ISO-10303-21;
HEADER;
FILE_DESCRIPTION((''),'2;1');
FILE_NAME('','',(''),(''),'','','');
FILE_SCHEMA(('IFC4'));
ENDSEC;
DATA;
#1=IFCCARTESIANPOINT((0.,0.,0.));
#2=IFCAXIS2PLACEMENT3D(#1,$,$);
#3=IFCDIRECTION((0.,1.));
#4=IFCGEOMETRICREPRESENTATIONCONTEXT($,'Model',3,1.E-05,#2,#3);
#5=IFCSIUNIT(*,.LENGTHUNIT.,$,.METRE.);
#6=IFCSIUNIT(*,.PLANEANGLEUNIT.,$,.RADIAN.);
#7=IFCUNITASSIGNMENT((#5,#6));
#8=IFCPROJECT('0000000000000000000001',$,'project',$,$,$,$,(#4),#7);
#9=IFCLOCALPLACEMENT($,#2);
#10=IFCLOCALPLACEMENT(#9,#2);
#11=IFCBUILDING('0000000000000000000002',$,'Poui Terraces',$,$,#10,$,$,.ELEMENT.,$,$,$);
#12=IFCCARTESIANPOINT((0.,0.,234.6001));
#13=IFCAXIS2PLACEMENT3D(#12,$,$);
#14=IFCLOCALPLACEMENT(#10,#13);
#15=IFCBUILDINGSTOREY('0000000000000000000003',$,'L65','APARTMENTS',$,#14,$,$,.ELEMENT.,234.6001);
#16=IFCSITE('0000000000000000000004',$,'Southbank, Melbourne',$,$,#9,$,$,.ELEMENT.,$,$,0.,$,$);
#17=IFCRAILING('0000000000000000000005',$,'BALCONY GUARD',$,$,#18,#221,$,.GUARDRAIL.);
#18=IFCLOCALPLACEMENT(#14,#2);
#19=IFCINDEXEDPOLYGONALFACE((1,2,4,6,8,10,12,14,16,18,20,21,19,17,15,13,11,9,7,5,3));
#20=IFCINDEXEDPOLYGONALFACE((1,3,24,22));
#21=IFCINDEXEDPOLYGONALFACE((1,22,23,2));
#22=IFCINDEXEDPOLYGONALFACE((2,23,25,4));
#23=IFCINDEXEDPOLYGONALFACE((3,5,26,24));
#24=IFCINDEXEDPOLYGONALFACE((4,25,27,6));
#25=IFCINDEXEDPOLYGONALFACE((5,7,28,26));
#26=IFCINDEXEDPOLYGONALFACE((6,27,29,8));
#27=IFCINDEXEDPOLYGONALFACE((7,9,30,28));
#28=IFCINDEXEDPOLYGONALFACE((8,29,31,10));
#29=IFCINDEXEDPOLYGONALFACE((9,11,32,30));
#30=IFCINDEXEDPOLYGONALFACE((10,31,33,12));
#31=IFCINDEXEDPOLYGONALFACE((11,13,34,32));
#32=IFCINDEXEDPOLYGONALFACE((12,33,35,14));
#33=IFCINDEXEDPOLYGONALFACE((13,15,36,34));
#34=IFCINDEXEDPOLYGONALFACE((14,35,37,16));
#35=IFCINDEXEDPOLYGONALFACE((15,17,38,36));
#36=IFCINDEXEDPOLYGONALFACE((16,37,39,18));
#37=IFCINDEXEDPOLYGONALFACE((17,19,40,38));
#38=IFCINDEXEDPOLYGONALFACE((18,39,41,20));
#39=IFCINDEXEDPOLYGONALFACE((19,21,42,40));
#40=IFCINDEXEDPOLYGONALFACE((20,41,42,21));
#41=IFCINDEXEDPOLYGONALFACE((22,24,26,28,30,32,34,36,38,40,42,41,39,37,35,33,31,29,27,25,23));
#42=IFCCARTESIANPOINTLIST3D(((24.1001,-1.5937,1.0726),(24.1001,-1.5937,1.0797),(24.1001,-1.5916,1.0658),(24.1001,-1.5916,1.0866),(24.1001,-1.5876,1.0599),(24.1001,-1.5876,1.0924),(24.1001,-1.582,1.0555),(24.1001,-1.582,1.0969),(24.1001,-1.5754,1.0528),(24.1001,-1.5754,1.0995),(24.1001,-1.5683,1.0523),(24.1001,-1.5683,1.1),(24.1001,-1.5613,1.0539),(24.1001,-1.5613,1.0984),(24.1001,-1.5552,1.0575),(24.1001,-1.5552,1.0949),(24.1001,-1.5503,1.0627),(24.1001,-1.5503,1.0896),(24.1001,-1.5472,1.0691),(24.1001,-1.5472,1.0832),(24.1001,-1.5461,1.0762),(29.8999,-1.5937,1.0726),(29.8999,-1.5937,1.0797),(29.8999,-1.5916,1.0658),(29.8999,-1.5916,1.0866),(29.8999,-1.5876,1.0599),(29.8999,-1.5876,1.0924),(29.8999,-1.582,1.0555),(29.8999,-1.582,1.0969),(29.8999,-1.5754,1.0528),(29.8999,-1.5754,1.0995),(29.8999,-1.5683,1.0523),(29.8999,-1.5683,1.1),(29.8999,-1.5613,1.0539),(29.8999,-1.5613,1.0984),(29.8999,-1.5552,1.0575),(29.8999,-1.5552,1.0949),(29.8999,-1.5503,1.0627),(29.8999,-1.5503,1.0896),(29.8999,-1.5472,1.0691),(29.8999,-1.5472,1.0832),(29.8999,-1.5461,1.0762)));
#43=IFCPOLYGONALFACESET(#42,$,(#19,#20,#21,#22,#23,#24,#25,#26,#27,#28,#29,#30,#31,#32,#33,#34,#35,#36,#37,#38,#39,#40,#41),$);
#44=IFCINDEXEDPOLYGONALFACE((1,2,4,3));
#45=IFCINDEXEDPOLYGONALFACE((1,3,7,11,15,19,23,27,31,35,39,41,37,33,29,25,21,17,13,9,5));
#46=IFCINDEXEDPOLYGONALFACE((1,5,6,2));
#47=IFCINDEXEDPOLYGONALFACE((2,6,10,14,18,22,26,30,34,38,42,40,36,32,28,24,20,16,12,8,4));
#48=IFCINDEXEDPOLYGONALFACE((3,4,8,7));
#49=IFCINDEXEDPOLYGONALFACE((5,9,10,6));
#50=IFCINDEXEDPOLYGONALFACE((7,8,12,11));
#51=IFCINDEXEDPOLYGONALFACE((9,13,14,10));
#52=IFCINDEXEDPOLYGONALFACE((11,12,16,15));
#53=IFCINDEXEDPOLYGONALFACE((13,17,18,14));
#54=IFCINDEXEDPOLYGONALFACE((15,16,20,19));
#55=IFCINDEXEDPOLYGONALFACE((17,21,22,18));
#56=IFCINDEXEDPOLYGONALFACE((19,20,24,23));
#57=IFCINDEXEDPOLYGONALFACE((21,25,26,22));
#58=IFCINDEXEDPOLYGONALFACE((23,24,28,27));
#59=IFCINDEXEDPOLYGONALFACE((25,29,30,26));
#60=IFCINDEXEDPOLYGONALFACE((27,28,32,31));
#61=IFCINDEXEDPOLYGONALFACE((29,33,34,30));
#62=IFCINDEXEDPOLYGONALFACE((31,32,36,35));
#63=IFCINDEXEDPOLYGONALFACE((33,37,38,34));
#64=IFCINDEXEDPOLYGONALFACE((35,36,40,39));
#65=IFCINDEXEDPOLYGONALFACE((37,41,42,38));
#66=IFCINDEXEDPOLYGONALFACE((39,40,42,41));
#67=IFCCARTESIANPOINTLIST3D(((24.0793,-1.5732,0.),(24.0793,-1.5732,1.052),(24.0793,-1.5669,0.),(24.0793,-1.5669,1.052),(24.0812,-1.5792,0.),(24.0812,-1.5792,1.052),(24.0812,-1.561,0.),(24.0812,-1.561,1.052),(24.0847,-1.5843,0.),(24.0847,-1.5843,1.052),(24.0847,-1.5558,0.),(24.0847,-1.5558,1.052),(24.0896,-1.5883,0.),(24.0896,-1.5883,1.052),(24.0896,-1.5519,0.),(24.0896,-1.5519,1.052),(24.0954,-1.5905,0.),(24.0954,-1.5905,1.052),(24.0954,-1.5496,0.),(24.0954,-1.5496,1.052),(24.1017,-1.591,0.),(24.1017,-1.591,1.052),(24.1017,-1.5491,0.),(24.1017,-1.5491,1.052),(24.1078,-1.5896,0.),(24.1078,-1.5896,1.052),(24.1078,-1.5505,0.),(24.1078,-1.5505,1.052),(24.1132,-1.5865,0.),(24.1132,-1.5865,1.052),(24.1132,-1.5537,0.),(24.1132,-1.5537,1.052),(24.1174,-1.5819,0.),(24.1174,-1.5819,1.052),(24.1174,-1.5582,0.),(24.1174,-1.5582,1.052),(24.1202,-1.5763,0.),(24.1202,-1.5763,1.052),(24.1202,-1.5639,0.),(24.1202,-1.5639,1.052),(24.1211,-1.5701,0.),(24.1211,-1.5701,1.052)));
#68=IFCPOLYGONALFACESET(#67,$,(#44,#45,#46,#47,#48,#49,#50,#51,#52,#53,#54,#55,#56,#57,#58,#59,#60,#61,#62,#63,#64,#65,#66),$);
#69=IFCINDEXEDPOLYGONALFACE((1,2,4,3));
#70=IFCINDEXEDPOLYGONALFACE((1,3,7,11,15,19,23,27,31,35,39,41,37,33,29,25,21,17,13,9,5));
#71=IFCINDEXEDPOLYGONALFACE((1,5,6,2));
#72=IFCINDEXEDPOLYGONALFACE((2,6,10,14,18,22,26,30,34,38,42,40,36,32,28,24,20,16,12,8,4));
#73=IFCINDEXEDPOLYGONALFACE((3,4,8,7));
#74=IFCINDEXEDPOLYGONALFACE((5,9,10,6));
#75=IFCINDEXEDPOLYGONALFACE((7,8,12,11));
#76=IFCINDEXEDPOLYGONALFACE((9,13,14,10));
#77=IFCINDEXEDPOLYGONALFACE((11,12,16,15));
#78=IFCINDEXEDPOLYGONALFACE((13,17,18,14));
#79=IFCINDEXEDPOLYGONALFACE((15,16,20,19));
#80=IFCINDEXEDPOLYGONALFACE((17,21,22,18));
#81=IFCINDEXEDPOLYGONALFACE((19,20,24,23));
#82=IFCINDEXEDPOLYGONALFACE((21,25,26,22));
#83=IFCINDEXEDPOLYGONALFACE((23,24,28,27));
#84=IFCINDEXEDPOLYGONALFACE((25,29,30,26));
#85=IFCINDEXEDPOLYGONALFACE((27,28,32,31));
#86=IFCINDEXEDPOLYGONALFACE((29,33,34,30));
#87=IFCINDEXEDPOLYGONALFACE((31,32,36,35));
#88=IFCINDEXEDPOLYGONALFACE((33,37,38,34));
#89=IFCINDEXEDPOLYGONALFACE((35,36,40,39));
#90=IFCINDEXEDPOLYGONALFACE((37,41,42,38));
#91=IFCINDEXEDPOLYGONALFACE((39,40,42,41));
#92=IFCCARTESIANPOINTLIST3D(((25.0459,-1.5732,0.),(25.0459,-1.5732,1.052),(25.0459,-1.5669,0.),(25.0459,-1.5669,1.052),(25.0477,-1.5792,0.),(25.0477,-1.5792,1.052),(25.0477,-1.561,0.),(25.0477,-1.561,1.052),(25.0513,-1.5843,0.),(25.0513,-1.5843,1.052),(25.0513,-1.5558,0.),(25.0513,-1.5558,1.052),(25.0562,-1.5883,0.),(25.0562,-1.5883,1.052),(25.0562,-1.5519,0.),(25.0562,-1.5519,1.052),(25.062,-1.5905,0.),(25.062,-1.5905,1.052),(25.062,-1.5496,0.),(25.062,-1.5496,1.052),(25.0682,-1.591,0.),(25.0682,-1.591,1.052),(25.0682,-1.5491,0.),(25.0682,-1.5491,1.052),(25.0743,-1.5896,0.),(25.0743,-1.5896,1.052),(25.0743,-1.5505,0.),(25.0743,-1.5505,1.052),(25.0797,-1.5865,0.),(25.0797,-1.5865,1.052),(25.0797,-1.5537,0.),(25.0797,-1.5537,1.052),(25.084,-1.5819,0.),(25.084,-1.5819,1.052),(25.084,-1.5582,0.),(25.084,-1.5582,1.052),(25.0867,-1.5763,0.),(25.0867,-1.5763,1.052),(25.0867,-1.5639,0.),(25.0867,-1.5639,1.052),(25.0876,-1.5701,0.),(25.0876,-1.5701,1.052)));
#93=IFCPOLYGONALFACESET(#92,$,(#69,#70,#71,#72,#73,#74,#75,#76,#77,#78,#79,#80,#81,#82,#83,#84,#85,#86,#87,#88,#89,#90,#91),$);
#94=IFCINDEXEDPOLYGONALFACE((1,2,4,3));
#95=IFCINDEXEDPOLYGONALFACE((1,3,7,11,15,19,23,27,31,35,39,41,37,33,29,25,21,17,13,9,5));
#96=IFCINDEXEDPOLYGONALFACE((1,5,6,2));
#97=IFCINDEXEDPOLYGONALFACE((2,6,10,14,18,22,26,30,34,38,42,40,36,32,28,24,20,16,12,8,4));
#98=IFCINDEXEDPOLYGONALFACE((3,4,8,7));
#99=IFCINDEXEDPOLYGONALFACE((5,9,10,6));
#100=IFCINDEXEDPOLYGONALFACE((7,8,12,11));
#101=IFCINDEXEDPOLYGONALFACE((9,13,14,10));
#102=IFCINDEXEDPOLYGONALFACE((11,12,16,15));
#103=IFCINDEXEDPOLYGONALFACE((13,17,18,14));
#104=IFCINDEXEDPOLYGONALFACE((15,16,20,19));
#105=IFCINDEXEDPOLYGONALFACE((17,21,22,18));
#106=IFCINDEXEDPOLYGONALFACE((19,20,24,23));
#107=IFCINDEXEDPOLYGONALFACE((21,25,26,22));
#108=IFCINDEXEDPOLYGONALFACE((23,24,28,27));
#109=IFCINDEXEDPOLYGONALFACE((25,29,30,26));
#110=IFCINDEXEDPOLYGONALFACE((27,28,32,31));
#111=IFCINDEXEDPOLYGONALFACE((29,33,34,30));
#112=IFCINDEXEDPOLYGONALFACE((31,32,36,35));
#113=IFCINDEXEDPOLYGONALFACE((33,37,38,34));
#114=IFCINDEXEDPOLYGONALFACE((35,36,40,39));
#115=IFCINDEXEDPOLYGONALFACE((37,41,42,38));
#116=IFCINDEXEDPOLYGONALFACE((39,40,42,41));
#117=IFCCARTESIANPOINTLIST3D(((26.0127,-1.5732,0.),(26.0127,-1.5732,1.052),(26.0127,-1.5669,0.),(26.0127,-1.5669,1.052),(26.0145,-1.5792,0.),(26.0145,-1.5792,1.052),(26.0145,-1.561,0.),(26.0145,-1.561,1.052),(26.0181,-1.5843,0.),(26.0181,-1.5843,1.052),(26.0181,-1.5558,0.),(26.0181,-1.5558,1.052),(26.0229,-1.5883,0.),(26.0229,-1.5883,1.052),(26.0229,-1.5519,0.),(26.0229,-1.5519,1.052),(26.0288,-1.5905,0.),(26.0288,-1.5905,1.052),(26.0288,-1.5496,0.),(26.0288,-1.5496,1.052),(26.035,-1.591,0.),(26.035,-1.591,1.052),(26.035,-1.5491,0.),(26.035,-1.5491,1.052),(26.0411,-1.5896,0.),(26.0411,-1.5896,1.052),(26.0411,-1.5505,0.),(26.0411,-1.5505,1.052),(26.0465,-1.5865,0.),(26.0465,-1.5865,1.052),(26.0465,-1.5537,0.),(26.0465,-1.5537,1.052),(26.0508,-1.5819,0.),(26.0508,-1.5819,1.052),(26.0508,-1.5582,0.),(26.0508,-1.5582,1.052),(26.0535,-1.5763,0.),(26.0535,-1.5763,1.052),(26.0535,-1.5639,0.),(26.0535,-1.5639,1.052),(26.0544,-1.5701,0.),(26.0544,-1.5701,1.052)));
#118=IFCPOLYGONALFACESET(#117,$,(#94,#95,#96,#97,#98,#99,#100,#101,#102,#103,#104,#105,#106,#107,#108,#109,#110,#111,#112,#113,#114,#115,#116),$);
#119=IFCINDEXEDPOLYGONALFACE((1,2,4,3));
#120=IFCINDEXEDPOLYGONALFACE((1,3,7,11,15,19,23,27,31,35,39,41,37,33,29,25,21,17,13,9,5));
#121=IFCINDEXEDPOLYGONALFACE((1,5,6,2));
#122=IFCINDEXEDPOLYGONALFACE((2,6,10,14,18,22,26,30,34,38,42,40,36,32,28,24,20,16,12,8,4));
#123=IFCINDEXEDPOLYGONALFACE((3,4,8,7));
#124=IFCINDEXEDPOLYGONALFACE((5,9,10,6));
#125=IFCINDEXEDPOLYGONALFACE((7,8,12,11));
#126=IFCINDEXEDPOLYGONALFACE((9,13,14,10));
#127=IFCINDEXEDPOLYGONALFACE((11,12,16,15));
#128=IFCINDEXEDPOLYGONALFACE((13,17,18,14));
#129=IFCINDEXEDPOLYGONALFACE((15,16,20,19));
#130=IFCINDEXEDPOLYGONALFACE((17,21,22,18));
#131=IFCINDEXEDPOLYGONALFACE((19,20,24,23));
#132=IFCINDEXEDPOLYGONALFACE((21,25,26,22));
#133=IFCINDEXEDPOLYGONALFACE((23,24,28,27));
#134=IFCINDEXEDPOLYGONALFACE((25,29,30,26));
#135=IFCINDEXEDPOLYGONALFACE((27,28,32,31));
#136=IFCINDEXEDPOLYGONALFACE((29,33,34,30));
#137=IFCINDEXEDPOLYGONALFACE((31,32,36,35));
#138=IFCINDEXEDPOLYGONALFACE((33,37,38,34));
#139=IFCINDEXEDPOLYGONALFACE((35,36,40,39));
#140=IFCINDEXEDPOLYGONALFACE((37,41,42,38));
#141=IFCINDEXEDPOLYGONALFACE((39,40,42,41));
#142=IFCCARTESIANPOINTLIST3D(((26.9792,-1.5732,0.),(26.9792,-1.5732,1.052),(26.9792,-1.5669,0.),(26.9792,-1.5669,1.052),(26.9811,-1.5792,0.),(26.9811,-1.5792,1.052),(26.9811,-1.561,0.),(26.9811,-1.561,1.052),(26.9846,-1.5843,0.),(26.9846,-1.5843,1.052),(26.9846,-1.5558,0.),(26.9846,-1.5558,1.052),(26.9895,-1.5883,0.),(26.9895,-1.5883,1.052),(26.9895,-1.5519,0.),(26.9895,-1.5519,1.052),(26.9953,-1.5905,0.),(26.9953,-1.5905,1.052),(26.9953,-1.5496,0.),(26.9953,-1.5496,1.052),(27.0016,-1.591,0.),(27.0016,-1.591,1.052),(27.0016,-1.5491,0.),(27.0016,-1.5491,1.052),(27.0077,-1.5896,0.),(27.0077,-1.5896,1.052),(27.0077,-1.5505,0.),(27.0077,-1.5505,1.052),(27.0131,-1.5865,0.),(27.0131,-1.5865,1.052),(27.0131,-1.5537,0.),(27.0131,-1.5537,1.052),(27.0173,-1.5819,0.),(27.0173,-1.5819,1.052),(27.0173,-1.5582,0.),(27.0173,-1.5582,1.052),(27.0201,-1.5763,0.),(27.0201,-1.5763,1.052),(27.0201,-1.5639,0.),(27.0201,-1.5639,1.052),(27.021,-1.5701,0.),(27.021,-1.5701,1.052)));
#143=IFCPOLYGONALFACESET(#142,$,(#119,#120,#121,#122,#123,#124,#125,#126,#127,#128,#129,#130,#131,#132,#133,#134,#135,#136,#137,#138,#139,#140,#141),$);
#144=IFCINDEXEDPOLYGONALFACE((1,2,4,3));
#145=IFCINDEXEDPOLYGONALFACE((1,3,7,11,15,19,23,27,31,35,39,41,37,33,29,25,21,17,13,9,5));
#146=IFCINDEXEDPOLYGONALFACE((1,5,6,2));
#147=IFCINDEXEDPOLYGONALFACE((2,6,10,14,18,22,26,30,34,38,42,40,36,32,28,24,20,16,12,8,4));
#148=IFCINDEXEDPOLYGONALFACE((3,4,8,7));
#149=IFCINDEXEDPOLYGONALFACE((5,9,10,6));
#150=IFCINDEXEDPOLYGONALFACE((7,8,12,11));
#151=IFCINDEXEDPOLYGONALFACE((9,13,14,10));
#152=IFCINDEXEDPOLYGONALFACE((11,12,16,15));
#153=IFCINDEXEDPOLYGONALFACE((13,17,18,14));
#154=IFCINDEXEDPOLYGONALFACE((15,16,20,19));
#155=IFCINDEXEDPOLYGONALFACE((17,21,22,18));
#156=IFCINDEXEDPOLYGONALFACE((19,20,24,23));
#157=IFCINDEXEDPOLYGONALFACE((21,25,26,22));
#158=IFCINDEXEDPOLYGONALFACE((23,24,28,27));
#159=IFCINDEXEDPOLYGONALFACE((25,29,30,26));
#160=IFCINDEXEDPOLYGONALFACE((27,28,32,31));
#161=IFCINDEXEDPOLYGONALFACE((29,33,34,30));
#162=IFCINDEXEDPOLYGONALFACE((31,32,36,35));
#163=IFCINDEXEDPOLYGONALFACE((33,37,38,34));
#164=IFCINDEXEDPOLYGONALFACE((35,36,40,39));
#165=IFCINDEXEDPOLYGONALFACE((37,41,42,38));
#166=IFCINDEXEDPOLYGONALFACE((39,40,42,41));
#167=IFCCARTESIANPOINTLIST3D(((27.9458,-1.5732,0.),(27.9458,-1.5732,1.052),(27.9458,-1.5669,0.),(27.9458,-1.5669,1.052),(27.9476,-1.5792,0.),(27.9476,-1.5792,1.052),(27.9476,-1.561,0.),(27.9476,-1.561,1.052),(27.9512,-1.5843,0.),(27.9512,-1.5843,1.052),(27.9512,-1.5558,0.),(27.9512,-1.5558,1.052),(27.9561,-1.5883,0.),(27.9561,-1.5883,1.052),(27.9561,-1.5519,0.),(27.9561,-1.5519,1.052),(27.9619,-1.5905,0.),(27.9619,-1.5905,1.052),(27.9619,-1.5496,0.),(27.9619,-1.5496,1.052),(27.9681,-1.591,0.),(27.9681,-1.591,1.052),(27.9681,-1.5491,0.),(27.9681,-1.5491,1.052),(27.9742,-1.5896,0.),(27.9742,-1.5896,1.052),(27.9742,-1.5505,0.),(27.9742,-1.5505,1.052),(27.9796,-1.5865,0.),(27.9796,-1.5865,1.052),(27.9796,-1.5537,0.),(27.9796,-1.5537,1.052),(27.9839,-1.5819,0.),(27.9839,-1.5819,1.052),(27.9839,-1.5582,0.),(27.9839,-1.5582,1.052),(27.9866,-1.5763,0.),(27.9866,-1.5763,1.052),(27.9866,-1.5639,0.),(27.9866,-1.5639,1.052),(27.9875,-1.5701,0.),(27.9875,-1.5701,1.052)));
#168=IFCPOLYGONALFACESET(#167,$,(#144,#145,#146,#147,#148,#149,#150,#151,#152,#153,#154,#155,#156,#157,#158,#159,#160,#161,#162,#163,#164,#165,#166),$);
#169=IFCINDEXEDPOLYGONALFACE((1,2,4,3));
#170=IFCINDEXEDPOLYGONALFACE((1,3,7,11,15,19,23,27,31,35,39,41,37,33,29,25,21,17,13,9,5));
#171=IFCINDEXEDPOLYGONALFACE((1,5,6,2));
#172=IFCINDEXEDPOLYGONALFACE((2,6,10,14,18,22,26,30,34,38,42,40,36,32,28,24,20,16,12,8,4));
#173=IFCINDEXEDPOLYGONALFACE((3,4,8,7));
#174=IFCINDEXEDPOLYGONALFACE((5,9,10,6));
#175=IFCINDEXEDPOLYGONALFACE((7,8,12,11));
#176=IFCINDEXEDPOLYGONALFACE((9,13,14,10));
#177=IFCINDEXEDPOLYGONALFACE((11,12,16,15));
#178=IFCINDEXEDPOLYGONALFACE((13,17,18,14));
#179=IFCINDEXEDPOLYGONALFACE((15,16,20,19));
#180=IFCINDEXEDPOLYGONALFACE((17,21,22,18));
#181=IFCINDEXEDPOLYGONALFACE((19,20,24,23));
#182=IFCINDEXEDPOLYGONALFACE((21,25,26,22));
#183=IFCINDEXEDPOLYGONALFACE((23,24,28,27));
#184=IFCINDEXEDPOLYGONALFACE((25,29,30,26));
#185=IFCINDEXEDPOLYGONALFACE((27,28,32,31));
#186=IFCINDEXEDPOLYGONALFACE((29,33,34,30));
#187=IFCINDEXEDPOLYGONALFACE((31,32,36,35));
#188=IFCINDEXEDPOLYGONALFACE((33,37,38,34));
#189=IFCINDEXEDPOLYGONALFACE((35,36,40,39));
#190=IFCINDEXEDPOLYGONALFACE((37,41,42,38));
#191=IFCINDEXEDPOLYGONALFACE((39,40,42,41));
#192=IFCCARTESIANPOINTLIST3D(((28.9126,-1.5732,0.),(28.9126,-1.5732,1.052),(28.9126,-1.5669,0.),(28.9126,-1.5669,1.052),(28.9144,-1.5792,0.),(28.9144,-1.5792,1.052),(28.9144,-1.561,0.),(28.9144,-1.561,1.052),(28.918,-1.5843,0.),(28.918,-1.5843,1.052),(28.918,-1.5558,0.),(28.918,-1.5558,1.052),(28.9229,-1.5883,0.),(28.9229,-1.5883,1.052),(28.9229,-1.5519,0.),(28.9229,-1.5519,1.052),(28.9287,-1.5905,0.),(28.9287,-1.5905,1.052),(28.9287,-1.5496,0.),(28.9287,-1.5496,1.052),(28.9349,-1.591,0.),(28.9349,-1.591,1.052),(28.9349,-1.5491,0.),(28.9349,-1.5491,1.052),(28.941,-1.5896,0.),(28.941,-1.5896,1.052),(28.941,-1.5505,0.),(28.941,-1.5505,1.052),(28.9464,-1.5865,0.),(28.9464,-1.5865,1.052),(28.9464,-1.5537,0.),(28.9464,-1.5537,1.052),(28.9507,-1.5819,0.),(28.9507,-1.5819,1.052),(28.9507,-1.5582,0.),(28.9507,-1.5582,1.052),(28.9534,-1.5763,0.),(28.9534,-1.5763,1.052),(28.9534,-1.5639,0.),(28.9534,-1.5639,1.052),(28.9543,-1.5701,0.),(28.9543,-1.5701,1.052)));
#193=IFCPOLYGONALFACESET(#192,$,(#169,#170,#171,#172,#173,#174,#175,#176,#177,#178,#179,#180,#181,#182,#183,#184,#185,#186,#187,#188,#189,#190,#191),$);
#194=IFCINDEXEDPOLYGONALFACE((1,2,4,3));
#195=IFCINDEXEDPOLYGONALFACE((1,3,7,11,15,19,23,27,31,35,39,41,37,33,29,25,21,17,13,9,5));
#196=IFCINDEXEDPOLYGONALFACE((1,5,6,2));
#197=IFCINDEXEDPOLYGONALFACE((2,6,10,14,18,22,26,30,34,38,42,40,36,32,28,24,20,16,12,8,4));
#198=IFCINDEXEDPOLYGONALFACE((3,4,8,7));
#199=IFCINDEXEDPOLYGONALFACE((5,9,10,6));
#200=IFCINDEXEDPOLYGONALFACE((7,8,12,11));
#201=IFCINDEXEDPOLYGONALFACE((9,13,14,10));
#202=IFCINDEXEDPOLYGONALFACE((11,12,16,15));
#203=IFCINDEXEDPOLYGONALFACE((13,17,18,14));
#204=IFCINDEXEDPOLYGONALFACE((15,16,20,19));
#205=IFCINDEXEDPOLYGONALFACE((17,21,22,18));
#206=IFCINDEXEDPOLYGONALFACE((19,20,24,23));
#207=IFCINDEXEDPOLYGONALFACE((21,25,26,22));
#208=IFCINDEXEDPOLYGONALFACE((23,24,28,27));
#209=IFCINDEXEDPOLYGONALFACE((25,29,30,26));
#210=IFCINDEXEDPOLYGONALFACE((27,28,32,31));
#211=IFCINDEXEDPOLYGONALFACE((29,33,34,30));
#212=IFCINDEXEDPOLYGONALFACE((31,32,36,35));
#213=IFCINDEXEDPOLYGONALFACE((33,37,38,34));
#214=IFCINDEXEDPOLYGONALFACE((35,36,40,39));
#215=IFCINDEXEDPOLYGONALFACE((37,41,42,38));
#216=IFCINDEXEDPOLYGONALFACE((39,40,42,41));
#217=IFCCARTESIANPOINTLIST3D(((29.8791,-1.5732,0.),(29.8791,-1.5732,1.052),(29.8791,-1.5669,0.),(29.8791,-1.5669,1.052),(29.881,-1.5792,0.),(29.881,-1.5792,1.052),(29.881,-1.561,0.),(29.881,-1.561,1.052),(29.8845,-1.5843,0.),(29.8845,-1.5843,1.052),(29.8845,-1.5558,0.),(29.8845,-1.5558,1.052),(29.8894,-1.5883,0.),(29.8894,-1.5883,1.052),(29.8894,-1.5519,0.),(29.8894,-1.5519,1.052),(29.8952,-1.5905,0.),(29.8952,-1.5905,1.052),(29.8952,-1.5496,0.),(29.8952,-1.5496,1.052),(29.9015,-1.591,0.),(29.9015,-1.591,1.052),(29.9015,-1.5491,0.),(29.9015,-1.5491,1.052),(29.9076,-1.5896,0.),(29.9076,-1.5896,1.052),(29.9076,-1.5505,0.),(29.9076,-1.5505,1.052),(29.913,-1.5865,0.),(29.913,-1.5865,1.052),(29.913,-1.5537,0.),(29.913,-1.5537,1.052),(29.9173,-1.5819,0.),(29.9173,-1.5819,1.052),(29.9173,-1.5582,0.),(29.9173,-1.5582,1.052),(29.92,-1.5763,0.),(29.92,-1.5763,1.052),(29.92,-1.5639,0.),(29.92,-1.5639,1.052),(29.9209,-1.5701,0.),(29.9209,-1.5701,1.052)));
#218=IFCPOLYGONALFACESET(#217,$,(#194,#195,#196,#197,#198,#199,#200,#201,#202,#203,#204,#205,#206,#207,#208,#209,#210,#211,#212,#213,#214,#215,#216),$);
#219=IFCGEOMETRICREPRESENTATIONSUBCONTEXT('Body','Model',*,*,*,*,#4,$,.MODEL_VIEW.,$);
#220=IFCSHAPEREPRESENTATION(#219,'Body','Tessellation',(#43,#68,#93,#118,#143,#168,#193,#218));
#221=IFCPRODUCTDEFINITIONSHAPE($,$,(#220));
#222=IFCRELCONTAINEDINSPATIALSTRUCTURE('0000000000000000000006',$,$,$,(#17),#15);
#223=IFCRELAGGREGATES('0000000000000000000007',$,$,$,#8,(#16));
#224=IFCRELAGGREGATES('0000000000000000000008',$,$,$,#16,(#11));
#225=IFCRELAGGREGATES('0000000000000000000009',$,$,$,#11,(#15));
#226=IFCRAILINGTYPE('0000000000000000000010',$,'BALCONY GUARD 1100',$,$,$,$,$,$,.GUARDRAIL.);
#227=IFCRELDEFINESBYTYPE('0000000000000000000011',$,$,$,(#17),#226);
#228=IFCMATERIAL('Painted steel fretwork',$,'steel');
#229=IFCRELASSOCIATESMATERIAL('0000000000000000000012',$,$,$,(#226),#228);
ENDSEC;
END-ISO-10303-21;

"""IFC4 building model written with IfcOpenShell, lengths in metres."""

from ifc_helpers import new_model, si_unit, direction, frame, origin, origin_2d, place, context, subcontext, project, spatial, circle, extrude, material, type_object, element, save


model = new_model("IFC4")

# Units and contexts
model_context = context("Model", 3, precision=1e-05, world=origin(), true_north=direction((0.0, 1.0)))
body_context = subcontext(model_context, "Body", "Model", "MODEL_VIEW")
ifc_project = project(units=[si_unit("LENGTHUNIT", "METRE"), si_unit("PLANEANGLEUNIT", "RADIAN")], contexts=[model_context])

# Site, building, storey
site_placement = place(None, origin())
site = spatial("IfcSite", under=ifc_project, at=site_placement, Name="Southbank, Melbourne", CompositionType="ELEMENT", RefElevation=0.0)
building_placement = place(site_placement, origin())
building = spatial("IfcBuilding", under=site, at=building_placement, Name="Poui Terraces", CompositionType="ELEMENT")
storey_placement = place(building_placement, frame((0.0, 0.0, 234.6001)))
storey = spatial("IfcBuildingStorey", under=building, at=storey_placement, Name="L65", Description="APARTMENTS", CompositionType="ELEMENT", Elevation=234.6001)

# Railing
ifc_material_1 = material(Name="Painted steel fretwork", Category="steel")
railing_type = type_object("IfcRailingType", Name="BALCONY GUARD 1100", PredefinedType="GUARDRAIL", material=ifc_material_1)
railing_placement = place(storey_placement, frame((24.1001, -1.5701, 0.0)))
element("IfcRailing", 1, at=railing_placement, inside=storey, type_object=railing_type, Name="BALCONY GUARD", PredefinedType="GUARDRAIL", context=body_context, shape_type="SweptSolid", body=[
    extrude(circle(Radius=0.0239, at=origin_2d()), frame((0.0, 0.0, 1.0762), z_axis=(1.0, 0.0, 0.0), x_axis=(0.0, 1.0, 0.0)), (0.0, 0.0, 1.0), 5.7998),
    extrude(circle(Radius=0.021, at=origin_2d()), origin(), (0.0, 0.0, 1.0), 1.052),
    extrude(circle(Radius=0.021, at=origin_2d()), frame((0.9666, 0.0, 0.0)), (0.0, 0.0, 1.0), 1.052),
    extrude(circle(Radius=0.021, at=origin_2d()), frame((1.9333, 0.0, 0.0)), (0.0, 0.0, 1.0), 1.052),
    extrude(circle(Radius=0.021, at=origin_2d()), frame((2.8999, 0.0, 0.0)), (0.0, 0.0, 1.0), 1.052),
    extrude(circle(Radius=0.021, at=origin_2d()), frame((3.8665, 0.0, 0.0)), (0.0, 0.0, 1.0), 1.052),
    extrude(circle(Radius=0.021, at=origin_2d()), frame((4.8333, 0.0, 0.0)), (0.0, 0.0, 1.0), 1.052),
    extrude(circle(Radius=0.021, at=origin_2d()), frame((5.7998, 0.0, 0.0)), (0.0, 0.0, 1.0), 1.052),
])

save(model, "model.ifc")
